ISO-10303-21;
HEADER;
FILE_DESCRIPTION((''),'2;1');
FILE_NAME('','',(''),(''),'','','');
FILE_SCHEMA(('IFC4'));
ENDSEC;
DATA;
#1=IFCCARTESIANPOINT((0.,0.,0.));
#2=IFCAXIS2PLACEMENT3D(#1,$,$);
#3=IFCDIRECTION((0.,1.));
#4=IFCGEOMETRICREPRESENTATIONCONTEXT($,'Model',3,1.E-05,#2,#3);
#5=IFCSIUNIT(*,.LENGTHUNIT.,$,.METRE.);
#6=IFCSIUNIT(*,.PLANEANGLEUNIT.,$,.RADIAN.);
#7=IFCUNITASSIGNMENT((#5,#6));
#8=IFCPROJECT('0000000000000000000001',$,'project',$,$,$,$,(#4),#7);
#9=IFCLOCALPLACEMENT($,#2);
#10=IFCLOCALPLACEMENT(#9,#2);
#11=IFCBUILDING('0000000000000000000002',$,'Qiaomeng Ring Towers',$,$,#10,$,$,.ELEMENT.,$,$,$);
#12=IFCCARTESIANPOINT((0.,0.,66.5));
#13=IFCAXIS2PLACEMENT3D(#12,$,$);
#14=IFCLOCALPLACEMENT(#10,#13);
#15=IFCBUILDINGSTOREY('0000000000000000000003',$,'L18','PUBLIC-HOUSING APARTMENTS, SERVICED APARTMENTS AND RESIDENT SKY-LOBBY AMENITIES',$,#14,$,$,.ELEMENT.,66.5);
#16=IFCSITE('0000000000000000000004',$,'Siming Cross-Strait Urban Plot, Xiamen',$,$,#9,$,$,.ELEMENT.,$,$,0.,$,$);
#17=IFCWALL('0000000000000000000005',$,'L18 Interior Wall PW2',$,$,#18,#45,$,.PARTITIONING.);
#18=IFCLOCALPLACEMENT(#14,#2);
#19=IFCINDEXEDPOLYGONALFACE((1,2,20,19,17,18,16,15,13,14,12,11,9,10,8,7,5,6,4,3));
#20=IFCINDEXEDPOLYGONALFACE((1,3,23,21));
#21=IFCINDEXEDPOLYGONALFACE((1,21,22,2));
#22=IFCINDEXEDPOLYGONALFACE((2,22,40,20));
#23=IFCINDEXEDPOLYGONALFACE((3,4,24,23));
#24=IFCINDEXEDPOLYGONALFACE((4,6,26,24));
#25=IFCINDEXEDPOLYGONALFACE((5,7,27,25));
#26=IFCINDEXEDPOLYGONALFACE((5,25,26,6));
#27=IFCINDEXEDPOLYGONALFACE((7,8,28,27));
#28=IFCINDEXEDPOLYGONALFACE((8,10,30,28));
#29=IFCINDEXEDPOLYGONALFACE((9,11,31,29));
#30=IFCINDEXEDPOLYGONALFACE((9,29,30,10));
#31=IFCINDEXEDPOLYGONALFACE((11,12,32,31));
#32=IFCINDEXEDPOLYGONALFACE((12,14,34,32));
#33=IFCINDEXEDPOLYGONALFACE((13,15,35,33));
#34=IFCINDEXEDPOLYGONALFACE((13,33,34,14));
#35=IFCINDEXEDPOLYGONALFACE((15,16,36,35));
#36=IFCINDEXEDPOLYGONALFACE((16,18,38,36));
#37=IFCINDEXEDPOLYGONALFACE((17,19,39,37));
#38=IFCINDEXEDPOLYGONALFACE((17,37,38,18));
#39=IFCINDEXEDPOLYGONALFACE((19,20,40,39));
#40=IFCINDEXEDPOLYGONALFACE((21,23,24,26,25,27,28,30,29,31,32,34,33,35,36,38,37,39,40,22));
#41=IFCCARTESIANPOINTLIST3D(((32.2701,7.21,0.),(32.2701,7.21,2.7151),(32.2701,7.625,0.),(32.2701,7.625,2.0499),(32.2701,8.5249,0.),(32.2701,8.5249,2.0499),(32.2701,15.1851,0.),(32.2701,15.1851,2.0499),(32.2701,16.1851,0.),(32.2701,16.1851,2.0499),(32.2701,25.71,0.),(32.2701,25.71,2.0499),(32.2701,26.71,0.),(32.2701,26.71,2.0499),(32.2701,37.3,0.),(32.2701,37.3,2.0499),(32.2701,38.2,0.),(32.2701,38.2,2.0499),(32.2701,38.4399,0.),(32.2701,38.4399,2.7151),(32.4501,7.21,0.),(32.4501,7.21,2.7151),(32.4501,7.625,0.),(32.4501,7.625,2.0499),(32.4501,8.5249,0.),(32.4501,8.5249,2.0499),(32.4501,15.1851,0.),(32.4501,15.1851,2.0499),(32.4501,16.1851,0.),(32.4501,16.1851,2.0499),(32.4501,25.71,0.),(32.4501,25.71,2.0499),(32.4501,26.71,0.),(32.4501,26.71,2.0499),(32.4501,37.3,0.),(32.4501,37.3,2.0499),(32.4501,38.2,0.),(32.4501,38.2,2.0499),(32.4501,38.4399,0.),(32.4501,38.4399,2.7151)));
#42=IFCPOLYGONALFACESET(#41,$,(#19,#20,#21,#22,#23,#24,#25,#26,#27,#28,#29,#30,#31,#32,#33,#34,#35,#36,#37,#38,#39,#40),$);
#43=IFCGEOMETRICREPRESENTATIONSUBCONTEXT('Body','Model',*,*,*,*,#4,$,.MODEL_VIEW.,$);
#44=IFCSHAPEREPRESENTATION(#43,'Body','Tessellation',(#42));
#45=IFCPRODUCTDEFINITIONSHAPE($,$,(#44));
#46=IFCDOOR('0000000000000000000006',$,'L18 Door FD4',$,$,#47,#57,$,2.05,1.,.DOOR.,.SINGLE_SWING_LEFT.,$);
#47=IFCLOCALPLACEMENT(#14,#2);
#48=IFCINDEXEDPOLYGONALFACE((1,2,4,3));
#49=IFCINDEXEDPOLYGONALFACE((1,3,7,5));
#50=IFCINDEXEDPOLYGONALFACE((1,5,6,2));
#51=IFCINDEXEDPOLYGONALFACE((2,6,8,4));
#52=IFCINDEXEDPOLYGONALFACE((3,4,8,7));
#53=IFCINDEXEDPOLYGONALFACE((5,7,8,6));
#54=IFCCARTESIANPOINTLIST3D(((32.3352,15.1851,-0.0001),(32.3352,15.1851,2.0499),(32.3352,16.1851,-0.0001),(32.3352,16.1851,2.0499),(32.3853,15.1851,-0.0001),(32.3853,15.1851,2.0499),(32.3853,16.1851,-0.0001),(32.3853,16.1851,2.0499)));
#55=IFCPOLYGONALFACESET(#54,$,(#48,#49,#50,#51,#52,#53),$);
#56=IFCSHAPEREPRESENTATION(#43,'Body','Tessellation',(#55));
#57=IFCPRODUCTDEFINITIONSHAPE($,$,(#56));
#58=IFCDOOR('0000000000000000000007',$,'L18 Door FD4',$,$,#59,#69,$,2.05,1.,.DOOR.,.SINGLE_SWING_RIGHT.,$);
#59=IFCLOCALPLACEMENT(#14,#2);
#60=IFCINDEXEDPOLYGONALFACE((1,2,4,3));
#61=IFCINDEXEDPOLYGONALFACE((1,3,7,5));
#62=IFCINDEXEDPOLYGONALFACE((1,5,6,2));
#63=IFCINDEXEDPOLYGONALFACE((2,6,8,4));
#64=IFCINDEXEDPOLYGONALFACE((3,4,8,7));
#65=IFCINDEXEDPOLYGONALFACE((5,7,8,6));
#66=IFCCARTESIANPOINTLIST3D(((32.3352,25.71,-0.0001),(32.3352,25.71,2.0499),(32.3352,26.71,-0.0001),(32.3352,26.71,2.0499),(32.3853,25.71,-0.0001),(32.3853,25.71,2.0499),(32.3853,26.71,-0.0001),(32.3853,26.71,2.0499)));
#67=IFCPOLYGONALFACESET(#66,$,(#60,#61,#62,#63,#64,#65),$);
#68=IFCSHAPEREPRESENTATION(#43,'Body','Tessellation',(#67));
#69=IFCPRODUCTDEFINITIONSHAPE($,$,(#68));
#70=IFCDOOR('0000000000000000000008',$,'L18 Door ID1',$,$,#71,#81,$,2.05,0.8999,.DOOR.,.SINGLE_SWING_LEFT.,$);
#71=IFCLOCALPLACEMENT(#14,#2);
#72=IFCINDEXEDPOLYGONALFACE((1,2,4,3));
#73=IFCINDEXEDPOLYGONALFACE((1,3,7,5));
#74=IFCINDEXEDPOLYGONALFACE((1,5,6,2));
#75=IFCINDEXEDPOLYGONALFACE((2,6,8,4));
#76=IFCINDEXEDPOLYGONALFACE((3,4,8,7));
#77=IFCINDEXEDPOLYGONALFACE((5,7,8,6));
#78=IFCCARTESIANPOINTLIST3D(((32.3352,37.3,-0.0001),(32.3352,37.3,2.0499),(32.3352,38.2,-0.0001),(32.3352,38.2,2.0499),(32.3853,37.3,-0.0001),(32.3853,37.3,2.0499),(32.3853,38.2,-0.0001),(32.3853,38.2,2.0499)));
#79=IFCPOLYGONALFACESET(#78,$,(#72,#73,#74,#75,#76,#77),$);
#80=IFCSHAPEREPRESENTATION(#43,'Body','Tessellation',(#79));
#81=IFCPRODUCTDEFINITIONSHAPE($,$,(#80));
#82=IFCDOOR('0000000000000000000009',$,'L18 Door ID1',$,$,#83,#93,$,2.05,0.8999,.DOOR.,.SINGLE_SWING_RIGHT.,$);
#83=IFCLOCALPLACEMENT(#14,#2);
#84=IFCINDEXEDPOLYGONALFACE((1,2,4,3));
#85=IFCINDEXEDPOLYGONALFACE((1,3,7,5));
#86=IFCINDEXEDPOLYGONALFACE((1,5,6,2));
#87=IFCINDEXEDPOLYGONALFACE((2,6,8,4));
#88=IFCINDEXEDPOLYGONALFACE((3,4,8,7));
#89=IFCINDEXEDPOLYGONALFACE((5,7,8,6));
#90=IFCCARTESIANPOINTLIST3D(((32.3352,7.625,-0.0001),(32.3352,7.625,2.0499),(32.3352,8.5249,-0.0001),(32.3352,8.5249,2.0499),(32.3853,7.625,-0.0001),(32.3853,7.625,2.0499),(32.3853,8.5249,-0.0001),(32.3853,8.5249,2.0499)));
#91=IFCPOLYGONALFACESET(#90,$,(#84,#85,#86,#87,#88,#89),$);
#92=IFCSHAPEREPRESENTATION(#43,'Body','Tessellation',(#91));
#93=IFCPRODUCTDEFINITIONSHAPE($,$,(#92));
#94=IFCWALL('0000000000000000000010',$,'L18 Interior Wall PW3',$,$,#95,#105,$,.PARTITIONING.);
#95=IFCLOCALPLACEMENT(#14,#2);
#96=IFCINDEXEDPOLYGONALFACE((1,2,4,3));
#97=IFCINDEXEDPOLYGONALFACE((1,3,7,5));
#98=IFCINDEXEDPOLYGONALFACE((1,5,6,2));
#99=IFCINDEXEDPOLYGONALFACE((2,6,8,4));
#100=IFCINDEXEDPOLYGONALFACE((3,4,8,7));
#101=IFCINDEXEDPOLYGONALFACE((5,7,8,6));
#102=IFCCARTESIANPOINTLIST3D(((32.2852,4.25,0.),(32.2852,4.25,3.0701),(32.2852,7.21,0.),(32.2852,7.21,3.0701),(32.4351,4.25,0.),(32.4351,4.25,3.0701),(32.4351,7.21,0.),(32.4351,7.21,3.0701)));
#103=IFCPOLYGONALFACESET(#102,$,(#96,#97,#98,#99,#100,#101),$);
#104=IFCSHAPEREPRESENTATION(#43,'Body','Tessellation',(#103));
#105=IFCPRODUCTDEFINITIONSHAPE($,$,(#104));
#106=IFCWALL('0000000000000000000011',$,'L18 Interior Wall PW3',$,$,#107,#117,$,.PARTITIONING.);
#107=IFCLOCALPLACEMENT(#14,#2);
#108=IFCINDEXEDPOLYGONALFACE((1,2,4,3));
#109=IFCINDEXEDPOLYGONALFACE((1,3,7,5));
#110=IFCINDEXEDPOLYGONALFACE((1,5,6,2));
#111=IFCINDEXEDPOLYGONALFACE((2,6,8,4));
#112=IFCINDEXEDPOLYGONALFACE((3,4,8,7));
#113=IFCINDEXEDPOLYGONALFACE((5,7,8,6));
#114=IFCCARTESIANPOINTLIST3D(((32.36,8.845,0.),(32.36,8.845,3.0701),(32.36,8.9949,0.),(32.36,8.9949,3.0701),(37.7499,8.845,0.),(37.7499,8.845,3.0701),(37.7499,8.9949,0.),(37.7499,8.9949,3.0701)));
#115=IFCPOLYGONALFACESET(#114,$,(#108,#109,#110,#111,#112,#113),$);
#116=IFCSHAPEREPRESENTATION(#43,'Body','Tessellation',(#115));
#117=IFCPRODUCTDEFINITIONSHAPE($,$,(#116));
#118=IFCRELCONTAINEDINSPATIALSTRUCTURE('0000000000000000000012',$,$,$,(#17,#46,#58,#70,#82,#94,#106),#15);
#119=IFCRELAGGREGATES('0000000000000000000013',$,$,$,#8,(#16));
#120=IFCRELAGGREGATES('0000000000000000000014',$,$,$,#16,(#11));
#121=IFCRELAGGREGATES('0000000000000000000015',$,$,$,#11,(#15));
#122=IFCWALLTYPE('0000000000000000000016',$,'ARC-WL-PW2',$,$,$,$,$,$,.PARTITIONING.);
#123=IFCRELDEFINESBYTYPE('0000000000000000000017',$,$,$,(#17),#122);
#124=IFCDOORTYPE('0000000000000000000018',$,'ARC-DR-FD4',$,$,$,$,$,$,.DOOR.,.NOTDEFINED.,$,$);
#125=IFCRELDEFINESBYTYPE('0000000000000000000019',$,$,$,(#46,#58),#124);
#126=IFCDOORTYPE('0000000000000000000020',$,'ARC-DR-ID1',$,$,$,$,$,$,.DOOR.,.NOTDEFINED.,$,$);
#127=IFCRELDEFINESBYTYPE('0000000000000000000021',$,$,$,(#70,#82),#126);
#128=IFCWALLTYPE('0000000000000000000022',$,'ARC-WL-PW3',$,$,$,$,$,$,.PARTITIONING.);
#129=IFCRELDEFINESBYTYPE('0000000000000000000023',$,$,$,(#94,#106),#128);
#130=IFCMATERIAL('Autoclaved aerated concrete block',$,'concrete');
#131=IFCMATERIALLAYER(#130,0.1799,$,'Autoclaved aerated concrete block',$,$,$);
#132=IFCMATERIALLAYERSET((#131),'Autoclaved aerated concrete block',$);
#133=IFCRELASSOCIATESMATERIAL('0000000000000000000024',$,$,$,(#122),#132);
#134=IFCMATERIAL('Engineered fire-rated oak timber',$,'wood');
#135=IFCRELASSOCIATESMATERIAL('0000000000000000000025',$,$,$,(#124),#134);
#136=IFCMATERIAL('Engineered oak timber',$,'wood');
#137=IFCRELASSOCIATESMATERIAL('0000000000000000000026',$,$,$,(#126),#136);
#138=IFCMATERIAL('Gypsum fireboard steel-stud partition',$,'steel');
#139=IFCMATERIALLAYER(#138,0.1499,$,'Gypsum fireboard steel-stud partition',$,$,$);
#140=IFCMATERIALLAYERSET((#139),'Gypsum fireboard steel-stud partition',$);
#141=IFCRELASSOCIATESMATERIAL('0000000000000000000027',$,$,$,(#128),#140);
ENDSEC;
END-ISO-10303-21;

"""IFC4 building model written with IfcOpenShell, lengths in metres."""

from ifc_helpers import new_model, si_unit, direction, frame, frame_2d, origin, place, context, subcontext, project, spatial, rectangle, extrude, source, transform, mapped, material, layer, layer_set, type_object, element, fill, save


model = new_model("IFC4")

# Units and contexts
model_context = context("Model", 3, precision=1e-05, world=origin(), true_north=direction((0.0, 1.0)))
body_context = subcontext(model_context, "Body", "Model", "MODEL_VIEW")
ifc_project = project(units=[si_unit("LENGTHUNIT", "METRE"), si_unit("PLANEANGLEUNIT", "RADIAN")], contexts=[model_context])

# Site, building, storey
site_placement = place(None, origin())
site = spatial("IfcSite", under=ifc_project, at=site_placement, Name="Siming Cross-Strait Urban Plot, Xiamen", CompositionType="ELEMENT", RefElevation=0.0)
building_placement = place(site_placement, origin())
building = spatial("IfcBuilding", under=site, at=building_placement, Name="Qiaomeng Ring Towers", CompositionType="ELEMENT")
storey_placement = place(building_placement, frame((0.0, 0.0, 66.5)))
storey = spatial("IfcBuildingStorey", under=building, at=storey_placement, Name="L18", Description="PUBLIC-HOUSING APARTMENTS, SERVICED APARTMENTS AND RESIDENT SKY-LOBBY AMENITIES", CompositionType="ELEMENT", Elevation=66.5)

# Wall, openings, doors
ifc_material_1 = material(Name="Autoclaved aerated concrete block", Category="concrete")
ifc_layer_1 = layer(ifc_material_1, 0.1799, Name="Autoclaved aerated concrete block")
ifc_layer_set_1 = layer_set([ifc_layer_1], Name="Autoclaved aerated concrete block")
wall_type_1 = type_object("IfcWallType", Name="ARC-WL-PW2", PredefinedType="PARTITIONING", material=ifc_layer_set_1)
wall_1_placement = place(storey_placement, frame((32.3601, 7.21, 0.0), z_axis=(0.0, 0.0, 1.0), x_axis=(0.0, 1.0, 0.0)))
wall_1 = element("IfcWall", 1, at=wall_1_placement, inside=storey, type_object=wall_type_1, Name="L18 Interior Wall PW2", PredefinedType="PARTITIONING", context=body_context, shape_type="SweptSolid", body=[
    extrude(rectangle(XDim=31.23, YDim=0.1799, at=frame_2d((15.615, 0.0))), origin(), (0.0, 0.0, 1.0), 2.7151),
])
opening_1_placement = place(wall_1_placement, frame((30.0901, 0.0, 0.0)))
opening_1 = element("IfcOpeningElement", 2, at=opening_1_placement, cuts=wall_1, PredefinedType="OPENING", context=body_context, shape_type="SweptSolid", body=[
    extrude(rectangle(XDim=0.8999, YDim=2.05, at=frame_2d((0.45, 1.0249))), frame((0.0, 0.0999, 0.0), z_axis=(0.0, -1.0, 0.0), x_axis=(1.0, 0.0, 0.0)), (0.0, 0.0, 1.0), 0.2),
])
opening_2_placement = place(wall_1_placement, frame((0.415, 0.0, 0.0)))
opening_2 = element("IfcOpeningElement", 3, at=opening_2_placement, cuts=wall_1, PredefinedType="OPENING", context=body_context, shape_type="SweptSolid", body=[
    extrude(rectangle(XDim=0.8999, YDim=2.05, at=frame_2d((0.45, 1.0249))), frame((0.0, 0.0999, 0.0), z_axis=(0.0, -1.0, 0.0), x_axis=(1.0, 0.0, 0.0)), (0.0, 0.0, 1.0), 0.2),
])
opening_3_placement = place(wall_1_placement, frame((7.9751, 0.0, 0.0)))
opening_3 = element("IfcOpeningElement", 4, at=opening_3_placement, cuts=wall_1, PredefinedType="OPENING", context=body_context, shape_type="SweptSolid", body=[
    extrude(rectangle(XDim=1.0, YDim=2.05, at=frame_2d((0.5, 1.0249))), frame((0.0, 0.0999, 0.0), z_axis=(0.0, -1.0, 0.0), x_axis=(1.0, 0.0, 0.0)), (0.0, 0.0, 1.0), 0.2),
])
opening_4_placement = place(wall_1_placement, frame((18.5, 0.0, 0.0)))
opening_4 = element("IfcOpeningElement", 5, at=opening_4_placement, cuts=wall_1, PredefinedType="OPENING", context=body_context, shape_type="SweptSolid", body=[
    extrude(rectangle(XDim=1.0, YDim=2.05, at=frame_2d((0.5, 1.0249))), frame((0.0, 0.0999, 0.0), z_axis=(0.0, -1.0, 0.0), x_axis=(1.0, 0.0, 0.0)), (0.0, 0.0, 1.0), 0.2),
])
ifc_material_2 = material(Name="Engineered fire-rated oak timber", Category="wood")
door_type_1 = type_object("IfcDoorType", Name="ARC-DR-FD4", OperationType="NOTDEFINED", PredefinedType="DOOR", material=ifc_material_2)
shared_shape_1 = source(origin(), body_context, "Body", "SweptSolid", [
    extrude(rectangle(XDim=1.0, YDim=2.05, at=frame_2d((0.5, 1.0249))), frame((0.0, 0.0249, 0.0), z_axis=(0.0, -1.0, 0.0), x_axis=(1.0, 0.0, 0.0)), (0.0, 0.0, 1.0), 0.05),
])
door_1_placement = place(opening_3_placement, origin())
door_1 = element("IfcDoor", 6, at=door_1_placement, inside=storey, type_object=door_type_1, Name="L18 Door FD4", OperationType="SINGLE_SWING_LEFT", OverallHeight=2.05, OverallWidth=1.0, PredefinedType="DOOR", context=body_context, shape_type="MappedRepresentation", body=[
    mapped(shared_shape_1, transform((0.0, 0.0, 0.0), x_axis=(1.0, 0.0, 0.0), y_axis=(0.0, 1.0, 0.0), z_axis=(0.0, 0.0, 1.0), scale=1.0)),
])
fill(opening_3, door_1)
door_2_placement = place(opening_4_placement, origin())
door_2 = element("IfcDoor", 7, at=door_2_placement, inside=storey, type_object=door_type_1, Name="L18 Door FD4", OperationType="SINGLE_SWING_RIGHT", OverallHeight=2.05, OverallWidth=1.0, PredefinedType="DOOR", context=body_context, shape_type="MappedRepresentation", body=[
    mapped(shared_shape_1, transform((0.0, 0.0, 0.0), x_axis=(1.0, 0.0, 0.0), y_axis=(0.0, 1.0, 0.0), z_axis=(0.0, 0.0, 1.0), scale=1.0)),
])
fill(opening_4, door_2)
ifc_material_3 = material(Name="Engineered oak timber", Category="wood")
door_type_2 = type_object("IfcDoorType", Name="ARC-DR-ID1", OperationType="NOTDEFINED", PredefinedType="DOOR", material=ifc_material_3)
shared_shape_2 = source(origin(), body_context, "Body", "SweptSolid", [
    extrude(rectangle(XDim=0.8999, YDim=2.05, at=frame_2d((0.45, 1.0249))), frame((0.0, 0.0249, 0.0), z_axis=(0.0, -1.0, 0.0), x_axis=(1.0, 0.0, 0.0)), (0.0, 0.0, 1.0), 0.05),
])
door_3_placement = place(opening_1_placement, origin())
door_3 = element("IfcDoor", 8, at=door_3_placement, inside=storey, type_object=door_type_2, Name="L18 Door ID1", OperationType="SINGLE_SWING_LEFT", OverallHeight=2.05, OverallWidth=0.8999, PredefinedType="DOOR", context=body_context, shape_type="MappedRepresentation", body=[
    mapped(shared_shape_2, transform((0.0, 0.0, 0.0), x_axis=(1.0, 0.0, 0.0), y_axis=(0.0, 1.0, 0.0), z_axis=(0.0, 0.0, 1.0), scale=1.0)),
])
fill(opening_1, door_3)
door_4_placement = place(opening_2_placement, origin())
door_4 = element("IfcDoor", 9, at=door_4_placement, inside=storey, type_object=door_type_2, Name="L18 Door ID1", OperationType="SINGLE_SWING_RIGHT", OverallHeight=2.05, OverallWidth=0.8999, PredefinedType="DOOR", context=body_context, shape_type="MappedRepresentation", body=[
    mapped(shared_shape_2, transform((0.0, 0.0, 0.0), x_axis=(1.0, 0.0, 0.0), y_axis=(0.0, 1.0, 0.0), z_axis=(0.0, 0.0, 1.0), scale=1.0)),
])
fill(opening_2, door_4)

# Walls
ifc_material_4 = material(Name="Gypsum fireboard steel-stud partition", Category="steel")
ifc_layer_2 = layer(ifc_material_4, 0.1499, Name="Gypsum fireboard steel-stud partition")
ifc_layer_set_2 = layer_set([ifc_layer_2], Name="Gypsum fireboard steel-stud partition")
wall_type_2 = type_object("IfcWallType", Name="ARC-WL-PW3", PredefinedType="PARTITIONING", material=ifc_layer_set_2)
wall_2_placement = place(storey_placement, frame((32.3601, 4.25, 0.0), z_axis=(0.0, 0.0, 1.0), x_axis=(0.0, 1.0, 0.0)))
element("IfcWall", 10, at=wall_2_placement, inside=storey, type_object=wall_type_2, Name="L18 Interior Wall PW3", PredefinedType="PARTITIONING", context=body_context, shape_type="SweptSolid", body=[
    extrude(rectangle(XDim=2.96, YDim=0.1499, at=frame_2d((1.48, 0.0))), origin(), (0.0, 0.0, 1.0), 3.0701),
])
wall_3_placement = place(storey_placement, frame((32.3601, 8.9199, 0.0), z_axis=(0.0, 0.0, 1.0), x_axis=(1.0, 0.0, 0.0)))
element("IfcWall", 11, at=wall_3_placement, inside=storey, type_object=wall_type_2, Name="L18 Interior Wall PW3", PredefinedType="PARTITIONING", context=body_context, shape_type="SweptSolid", body=[
    extrude(rectangle(XDim=5.3899, YDim=0.1499, at=frame_2d((2.6948, 0.0))), origin(), (0.0, 0.0, 1.0), 3.0701),
])

save(model, "model.ifc")
